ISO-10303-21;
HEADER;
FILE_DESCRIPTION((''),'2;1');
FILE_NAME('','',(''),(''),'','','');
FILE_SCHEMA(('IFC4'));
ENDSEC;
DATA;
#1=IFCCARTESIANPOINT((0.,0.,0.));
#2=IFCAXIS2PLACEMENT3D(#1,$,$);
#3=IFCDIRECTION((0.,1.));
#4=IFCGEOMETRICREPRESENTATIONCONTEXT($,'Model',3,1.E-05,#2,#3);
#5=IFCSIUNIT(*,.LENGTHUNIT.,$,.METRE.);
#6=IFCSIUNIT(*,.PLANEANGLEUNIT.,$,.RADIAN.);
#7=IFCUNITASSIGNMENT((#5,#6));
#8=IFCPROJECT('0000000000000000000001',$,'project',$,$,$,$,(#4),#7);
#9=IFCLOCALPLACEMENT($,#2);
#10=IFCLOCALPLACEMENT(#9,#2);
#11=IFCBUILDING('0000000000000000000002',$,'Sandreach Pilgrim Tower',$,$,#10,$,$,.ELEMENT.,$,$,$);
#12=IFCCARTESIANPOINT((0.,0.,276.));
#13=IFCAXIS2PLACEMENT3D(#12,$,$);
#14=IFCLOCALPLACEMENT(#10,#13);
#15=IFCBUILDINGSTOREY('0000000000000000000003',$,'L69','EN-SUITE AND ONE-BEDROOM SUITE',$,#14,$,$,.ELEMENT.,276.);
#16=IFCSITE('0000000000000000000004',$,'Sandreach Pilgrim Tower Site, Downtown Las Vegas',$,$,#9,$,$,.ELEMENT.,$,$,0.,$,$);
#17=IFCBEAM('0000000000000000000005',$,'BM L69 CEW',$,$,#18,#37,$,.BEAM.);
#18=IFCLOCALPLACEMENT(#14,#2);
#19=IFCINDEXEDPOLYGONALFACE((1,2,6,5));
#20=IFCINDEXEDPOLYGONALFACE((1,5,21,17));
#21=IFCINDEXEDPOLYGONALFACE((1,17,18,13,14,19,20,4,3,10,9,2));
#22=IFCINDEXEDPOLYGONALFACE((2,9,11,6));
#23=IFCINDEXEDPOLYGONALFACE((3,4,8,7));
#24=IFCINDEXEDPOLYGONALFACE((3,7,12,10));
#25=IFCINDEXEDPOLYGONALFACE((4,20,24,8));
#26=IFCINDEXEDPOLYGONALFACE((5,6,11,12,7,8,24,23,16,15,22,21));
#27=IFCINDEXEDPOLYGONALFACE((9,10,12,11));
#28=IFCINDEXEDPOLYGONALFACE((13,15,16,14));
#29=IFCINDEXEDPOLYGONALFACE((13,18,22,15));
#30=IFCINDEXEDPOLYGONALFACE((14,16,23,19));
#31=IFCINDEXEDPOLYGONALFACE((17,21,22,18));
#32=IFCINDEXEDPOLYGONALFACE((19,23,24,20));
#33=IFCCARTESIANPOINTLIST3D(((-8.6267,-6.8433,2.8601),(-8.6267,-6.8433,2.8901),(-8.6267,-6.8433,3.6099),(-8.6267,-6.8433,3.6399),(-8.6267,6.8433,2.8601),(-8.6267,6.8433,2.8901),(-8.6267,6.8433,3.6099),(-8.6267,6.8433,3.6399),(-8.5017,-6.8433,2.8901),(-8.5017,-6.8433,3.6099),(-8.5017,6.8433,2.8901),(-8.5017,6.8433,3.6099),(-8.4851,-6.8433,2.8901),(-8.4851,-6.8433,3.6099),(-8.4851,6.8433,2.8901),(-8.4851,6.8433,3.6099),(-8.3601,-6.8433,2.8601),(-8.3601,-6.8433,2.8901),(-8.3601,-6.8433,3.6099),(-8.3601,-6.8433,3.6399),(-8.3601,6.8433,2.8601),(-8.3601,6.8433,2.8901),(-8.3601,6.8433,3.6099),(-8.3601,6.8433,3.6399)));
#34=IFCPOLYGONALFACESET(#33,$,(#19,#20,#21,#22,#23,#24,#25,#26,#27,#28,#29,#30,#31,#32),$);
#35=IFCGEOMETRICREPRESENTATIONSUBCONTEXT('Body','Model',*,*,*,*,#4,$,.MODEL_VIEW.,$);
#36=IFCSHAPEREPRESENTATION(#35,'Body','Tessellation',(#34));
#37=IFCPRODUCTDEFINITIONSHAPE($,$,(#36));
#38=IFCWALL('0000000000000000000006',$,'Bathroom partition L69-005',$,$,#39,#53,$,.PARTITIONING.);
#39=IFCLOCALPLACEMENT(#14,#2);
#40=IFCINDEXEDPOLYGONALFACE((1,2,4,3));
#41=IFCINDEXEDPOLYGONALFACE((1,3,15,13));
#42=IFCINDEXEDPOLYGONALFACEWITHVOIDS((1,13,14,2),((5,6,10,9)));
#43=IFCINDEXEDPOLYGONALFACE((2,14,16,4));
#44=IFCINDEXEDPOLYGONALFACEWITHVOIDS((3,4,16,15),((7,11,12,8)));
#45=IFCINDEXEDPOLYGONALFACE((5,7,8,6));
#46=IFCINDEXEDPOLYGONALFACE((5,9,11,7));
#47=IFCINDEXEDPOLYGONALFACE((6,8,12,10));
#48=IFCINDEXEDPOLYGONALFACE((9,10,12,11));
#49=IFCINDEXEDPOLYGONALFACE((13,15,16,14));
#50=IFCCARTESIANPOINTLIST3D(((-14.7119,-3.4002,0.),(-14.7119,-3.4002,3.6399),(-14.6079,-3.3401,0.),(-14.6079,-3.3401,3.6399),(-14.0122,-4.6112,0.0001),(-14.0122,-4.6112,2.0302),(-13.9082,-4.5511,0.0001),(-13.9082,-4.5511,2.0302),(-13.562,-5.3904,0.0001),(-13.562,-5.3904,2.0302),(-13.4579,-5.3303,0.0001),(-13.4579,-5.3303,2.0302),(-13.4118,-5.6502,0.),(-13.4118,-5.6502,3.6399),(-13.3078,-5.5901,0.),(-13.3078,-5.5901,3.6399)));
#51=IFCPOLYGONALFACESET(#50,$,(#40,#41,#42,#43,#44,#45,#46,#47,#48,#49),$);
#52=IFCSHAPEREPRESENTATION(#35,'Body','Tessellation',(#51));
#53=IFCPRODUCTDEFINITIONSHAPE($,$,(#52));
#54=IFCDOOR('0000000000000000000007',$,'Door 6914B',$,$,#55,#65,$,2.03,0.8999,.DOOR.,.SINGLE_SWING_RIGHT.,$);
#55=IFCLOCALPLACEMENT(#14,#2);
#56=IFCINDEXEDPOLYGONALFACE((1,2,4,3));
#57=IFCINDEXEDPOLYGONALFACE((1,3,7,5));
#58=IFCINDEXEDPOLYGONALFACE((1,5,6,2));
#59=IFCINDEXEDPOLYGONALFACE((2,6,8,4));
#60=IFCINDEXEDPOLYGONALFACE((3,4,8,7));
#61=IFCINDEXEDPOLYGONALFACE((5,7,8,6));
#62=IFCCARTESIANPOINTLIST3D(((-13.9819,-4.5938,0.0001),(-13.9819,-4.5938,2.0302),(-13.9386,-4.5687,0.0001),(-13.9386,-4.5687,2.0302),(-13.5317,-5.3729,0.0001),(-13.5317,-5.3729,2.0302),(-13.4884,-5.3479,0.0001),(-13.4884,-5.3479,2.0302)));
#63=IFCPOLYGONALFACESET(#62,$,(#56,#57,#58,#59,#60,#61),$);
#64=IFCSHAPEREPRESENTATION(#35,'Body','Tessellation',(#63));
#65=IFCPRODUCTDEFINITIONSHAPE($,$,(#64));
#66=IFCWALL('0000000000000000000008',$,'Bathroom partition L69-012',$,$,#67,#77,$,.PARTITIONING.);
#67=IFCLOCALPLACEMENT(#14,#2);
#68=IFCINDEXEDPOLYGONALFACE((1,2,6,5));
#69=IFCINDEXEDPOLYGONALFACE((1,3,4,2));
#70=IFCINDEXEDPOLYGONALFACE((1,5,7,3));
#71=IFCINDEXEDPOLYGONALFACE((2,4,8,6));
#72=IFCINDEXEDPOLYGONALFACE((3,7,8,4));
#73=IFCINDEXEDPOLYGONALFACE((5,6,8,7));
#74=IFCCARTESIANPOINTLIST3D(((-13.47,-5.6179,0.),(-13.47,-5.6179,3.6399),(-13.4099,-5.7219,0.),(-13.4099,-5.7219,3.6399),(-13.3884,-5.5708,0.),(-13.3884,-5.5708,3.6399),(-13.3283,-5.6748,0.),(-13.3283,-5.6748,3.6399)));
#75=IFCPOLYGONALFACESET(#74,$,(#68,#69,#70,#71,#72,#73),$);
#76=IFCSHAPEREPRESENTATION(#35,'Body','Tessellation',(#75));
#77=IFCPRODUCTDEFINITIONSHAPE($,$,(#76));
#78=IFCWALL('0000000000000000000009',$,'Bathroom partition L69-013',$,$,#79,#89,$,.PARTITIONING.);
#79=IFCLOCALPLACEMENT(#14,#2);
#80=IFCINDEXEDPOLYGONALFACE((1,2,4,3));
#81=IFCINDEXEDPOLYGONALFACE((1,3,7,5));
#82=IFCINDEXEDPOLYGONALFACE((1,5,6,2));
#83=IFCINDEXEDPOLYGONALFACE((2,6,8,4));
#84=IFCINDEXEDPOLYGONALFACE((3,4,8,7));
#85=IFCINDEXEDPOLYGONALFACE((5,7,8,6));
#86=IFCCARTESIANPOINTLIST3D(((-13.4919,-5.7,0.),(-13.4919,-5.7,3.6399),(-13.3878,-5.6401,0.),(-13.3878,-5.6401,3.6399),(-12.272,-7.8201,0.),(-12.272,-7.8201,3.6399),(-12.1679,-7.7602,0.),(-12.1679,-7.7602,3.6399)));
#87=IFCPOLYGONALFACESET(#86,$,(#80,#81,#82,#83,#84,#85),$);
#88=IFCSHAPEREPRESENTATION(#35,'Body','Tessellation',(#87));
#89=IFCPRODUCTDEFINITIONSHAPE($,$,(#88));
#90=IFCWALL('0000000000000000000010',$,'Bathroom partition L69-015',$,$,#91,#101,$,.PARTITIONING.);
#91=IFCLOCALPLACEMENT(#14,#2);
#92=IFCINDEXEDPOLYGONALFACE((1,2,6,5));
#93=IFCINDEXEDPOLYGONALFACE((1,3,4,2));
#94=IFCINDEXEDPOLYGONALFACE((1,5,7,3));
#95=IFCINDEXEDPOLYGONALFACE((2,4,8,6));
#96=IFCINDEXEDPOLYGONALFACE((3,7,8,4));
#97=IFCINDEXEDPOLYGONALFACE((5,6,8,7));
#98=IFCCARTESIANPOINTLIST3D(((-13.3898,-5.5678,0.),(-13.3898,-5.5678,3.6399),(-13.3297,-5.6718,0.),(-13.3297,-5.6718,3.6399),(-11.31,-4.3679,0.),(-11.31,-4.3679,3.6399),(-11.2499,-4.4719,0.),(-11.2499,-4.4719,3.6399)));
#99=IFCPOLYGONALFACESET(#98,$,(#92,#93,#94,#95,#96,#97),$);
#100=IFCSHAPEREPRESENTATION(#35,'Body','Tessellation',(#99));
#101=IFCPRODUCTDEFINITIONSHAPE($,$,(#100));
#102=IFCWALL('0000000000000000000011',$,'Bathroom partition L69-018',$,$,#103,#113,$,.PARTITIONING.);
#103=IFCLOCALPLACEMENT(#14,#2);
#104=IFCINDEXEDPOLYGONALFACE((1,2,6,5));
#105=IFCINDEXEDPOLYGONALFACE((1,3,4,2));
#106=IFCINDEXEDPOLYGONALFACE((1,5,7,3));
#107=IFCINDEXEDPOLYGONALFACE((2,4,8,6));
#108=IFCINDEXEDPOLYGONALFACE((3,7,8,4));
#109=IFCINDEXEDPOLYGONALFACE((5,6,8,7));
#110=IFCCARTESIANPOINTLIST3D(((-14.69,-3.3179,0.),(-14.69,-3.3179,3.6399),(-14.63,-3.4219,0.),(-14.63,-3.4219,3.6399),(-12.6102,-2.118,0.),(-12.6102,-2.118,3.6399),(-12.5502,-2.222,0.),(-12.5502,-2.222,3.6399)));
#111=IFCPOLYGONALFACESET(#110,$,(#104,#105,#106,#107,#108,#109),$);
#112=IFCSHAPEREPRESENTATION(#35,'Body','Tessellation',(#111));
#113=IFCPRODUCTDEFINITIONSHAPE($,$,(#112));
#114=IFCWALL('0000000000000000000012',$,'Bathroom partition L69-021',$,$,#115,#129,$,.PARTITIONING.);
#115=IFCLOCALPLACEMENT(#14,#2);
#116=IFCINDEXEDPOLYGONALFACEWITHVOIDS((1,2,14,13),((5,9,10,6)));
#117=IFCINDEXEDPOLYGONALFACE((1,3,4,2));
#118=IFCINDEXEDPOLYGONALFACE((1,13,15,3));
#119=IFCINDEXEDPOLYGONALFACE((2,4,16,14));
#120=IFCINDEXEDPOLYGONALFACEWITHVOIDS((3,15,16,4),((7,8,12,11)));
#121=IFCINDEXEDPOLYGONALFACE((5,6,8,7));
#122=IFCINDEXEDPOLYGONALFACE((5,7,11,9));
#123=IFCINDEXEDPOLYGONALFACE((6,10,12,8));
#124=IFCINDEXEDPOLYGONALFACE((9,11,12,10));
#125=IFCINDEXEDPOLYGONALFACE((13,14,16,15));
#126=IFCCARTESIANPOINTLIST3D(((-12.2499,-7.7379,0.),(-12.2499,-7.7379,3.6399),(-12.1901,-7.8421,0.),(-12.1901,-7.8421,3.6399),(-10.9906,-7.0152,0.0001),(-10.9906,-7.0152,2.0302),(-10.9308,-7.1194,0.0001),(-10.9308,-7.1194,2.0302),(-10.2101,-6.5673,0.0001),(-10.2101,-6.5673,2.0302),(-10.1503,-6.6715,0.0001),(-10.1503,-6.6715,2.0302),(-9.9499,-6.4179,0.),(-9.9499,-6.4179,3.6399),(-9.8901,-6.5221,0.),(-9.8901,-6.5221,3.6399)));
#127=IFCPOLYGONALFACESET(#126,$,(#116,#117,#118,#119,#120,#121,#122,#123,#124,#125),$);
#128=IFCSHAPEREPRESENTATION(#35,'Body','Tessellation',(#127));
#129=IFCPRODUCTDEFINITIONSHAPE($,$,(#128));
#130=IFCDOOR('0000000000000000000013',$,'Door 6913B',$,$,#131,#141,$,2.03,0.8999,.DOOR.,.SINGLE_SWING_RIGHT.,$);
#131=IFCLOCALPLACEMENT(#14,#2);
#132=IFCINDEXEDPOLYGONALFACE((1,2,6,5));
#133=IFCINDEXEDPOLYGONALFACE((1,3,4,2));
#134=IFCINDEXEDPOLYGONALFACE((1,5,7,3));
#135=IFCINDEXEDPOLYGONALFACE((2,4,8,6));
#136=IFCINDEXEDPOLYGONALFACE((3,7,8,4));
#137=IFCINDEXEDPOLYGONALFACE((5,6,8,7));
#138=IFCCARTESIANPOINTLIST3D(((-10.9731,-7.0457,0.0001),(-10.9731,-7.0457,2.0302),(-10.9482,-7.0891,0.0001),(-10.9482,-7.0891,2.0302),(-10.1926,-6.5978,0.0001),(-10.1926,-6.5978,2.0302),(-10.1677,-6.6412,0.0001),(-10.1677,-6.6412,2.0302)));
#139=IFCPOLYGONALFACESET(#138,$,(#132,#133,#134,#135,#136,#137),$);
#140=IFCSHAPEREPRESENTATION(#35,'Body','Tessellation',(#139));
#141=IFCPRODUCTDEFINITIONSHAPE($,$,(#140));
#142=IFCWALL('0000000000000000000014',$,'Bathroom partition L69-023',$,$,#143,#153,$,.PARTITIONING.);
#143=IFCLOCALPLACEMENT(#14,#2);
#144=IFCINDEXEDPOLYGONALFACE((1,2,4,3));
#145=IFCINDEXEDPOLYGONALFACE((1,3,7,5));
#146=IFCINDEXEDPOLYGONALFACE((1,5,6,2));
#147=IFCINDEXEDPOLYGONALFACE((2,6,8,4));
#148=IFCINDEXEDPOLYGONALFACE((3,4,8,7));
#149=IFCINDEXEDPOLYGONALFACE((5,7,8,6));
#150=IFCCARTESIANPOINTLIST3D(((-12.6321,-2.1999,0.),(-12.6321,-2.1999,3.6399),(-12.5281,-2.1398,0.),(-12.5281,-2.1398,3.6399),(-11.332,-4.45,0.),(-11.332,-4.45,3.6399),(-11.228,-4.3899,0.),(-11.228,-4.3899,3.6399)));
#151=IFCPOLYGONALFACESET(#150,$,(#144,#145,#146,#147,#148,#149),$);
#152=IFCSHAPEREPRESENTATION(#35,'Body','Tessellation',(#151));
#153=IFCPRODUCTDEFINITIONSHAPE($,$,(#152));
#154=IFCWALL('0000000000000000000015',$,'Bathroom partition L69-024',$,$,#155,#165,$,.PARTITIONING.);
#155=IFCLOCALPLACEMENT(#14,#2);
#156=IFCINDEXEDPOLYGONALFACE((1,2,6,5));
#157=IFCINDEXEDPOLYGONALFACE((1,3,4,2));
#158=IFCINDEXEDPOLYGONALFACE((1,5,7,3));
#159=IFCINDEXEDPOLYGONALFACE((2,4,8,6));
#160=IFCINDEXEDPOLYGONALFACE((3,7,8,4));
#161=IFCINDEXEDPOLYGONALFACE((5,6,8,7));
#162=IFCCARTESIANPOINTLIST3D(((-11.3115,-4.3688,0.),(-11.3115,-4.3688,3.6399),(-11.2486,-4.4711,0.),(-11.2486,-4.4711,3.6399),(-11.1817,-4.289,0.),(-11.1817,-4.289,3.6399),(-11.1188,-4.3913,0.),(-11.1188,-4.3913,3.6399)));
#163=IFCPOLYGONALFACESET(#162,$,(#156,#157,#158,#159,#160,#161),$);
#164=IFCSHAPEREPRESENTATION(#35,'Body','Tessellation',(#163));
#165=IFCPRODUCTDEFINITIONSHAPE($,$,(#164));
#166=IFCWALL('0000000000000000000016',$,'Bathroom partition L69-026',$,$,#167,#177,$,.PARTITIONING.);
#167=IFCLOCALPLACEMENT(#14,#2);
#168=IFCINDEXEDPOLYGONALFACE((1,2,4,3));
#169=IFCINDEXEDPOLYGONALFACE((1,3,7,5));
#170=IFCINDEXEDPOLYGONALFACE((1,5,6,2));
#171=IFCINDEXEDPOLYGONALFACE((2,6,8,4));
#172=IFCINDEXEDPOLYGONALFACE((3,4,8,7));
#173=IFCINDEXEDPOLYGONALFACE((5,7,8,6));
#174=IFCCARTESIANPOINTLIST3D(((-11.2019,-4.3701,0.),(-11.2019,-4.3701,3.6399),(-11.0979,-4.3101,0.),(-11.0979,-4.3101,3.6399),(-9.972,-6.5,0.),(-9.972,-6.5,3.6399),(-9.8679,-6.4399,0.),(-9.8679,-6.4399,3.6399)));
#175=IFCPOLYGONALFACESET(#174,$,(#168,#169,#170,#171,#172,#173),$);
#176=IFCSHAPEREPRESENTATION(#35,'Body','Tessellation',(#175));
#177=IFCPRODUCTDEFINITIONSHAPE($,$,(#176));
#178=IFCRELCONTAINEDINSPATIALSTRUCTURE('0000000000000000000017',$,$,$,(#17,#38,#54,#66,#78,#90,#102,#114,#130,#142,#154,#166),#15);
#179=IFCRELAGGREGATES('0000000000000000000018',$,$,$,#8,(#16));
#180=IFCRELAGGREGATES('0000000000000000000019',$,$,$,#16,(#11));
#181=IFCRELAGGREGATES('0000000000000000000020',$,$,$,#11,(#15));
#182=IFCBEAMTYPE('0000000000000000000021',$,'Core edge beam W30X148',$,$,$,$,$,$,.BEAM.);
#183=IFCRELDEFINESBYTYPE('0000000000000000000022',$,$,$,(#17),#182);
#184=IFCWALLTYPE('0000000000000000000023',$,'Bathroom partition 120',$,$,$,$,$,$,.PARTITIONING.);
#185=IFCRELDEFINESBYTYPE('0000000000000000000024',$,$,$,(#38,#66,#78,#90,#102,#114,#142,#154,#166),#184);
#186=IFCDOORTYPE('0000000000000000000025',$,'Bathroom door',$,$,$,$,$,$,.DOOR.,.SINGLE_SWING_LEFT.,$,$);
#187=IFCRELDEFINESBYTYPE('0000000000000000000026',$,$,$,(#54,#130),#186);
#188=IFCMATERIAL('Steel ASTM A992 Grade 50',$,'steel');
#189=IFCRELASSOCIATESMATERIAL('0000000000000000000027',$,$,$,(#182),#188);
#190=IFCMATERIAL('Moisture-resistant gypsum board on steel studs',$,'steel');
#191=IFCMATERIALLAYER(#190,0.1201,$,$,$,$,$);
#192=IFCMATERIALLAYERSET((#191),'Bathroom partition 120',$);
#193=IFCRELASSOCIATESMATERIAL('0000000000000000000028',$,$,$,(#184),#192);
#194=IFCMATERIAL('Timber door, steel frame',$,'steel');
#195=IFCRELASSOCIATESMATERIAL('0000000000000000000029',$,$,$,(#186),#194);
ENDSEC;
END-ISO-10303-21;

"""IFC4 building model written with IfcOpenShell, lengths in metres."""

from ifc_helpers import new_model, si_unit, direction, frame, frame_2d, origin, origin_2d, place, context, subcontext, project, spatial, rectangle, i_section, extrude, material, layer, layer_set, material_profile, profile_set, type_object, element, fill, save


model = new_model("IFC4")

# Units and contexts
model_context = context("Model", 3, precision=1e-05, world=origin(), true_north=direction((0.0, 1.0)))
body_context = subcontext(model_context, "Body", "Model", "MODEL_VIEW")
ifc_project = project(units=[si_unit("LENGTHUNIT", "METRE"), si_unit("PLANEANGLEUNIT", "RADIAN")], contexts=[model_context])

# Site, building, storey
site_placement = place(None, origin())
site = spatial("IfcSite", under=ifc_project, at=site_placement, Name="Sandreach Pilgrim Tower Site, Downtown Las Vegas", CompositionType="ELEMENT", RefElevation=0.0)
building_placement = place(site_placement, origin())
building = spatial("IfcBuilding", under=site, at=building_placement, Name="Sandreach Pilgrim Tower", CompositionType="ELEMENT")
storey_placement = place(building_placement, frame((0.0, 0.0, 276.0)))
storey = spatial("IfcBuildingStorey", under=building, at=storey_placement, Name="L69", Description="EN-SUITE AND ONE-BEDROOM SUITE", CompositionType="ELEMENT", Elevation=276.0)

# Beam
ifc_material_1 = material(Name="Steel ASTM A992 Grade 50", Category="steel")
ifc_material_profile = material_profile(ifc_material_1, i_section(OverallWidth=0.2666, OverallDepth=0.7798, WebThickness=0.0166, FlangeThickness=0.03, at=origin_2d()), Name="W30X148")
ifc_profile_set = profile_set([ifc_material_profile], Name="Steel ASTM A992 Grade 50")
beam_type = type_object("IfcBeamType", Name="Core edge beam W30X148", PredefinedType="BEAM", material=ifc_profile_set)
beam_placement = place(storey_placement, frame((-8.4934, -6.8433, 3.25), z_axis=(0.0, 1.0, 0.0), x_axis=(-1.0, 0.0, 0.0)))
element("IfcBeam", 1, at=beam_placement, inside=storey, type_object=beam_type, Name="BM L69 CEW", PredefinedType="BEAM", context=body_context, shape_type="SweptSolid", body=[
    extrude(i_section(OverallWidth=0.2666, OverallDepth=0.7798, WebThickness=0.0166, FlangeThickness=0.03, at=origin_2d()), origin(), (0.0, 0.0, 1.0), 13.6865),
])

# Wall, opening, door
ifc_material_2 = material(Name="Moisture-resistant gypsum board on steel studs", Category="steel")
ifc_layer_1 = layer(ifc_material_2, 0.1201)
ifc_layer_set_1 = layer_set([ifc_layer_1], Name="Bathroom partition 120")
wall_type_1 = type_object("IfcWallType", Name="Bathroom partition 120", PredefinedType="PARTITIONING", material=ifc_layer_set_1)
wall_1_placement = place(storey_placement, frame((-14.6599, -3.3701, 0.0), z_axis=(0.0, 0.0, 1.0), x_axis=(0.500292, -0.865857, 0.0)))
wall_1 = element("IfcWall", 2, at=wall_1_placement, inside=storey, type_object=wall_type_1, Name="Bathroom partition L69-005", PredefinedType="PARTITIONING", context=body_context, shape_type="SweptSolid", body=[
    extrude(rectangle(XDim=2.5986, YDim=0.1201, at=frame_2d((1.2993, 0.0))), origin(), (0.0, 0.0, 1.0), 3.6399),
])
opening_1_placement = place(wall_1_placement, frame((1.3987, 0.0, 0.0)))
opening_1 = element("IfcOpeningElement", 3, at=opening_1_placement, cuts=wall_1, PredefinedType="OPENING", context=body_context, shape_type="SweptSolid", body=[
    extrude(rectangle(XDim=0.8999, YDim=2.03, at=frame_2d((0.45, 1.0151))), frame((0.0, 0.0601, 0.0), z_axis=(0.0, -1.0, 0.0), x_axis=(1.0, 0.0, 0.0)), (0.0, 0.0, 1.0), 0.1201),
])
ifc_material_3 = material(Name="Timber door, steel frame", Category="steel")
door_type_1 = type_object("IfcDoorType", Name="Bathroom door", OperationType="SINGLE_SWING_LEFT", PredefinedType="DOOR", material=ifc_material_3)
door_1_placement = place(opening_1_placement, origin())
door_1 = element("IfcDoor", 4, at=door_1_placement, inside=storey, type_object=door_type_1, Name="Door 6914B", OperationType="SINGLE_SWING_RIGHT", OverallHeight=2.03, OverallWidth=0.8999, PredefinedType="DOOR", context=body_context, shape_type="SweptSolid", body=[
    extrude(rectangle(XDim=0.8999, YDim=2.03, at=frame_2d((0.45, 1.0151))), frame((0.0, 0.0249, 0.0), z_axis=(0.0, -1.0, 0.0), x_axis=(1.0, 0.0, 0.0)), (0.0, 0.0, 1.0), 0.05),
])
fill(opening_1, door_1)

# Walls
wall_2_placement = place(storey_placement, frame((-13.4399, -5.6699, 0.0), z_axis=(0.0, 0.0, 1.0), x_axis=(0.86584, 0.500321, 0.0)))
element("IfcWall", 5, at=wall_2_placement, inside=storey, type_object=wall_type_1, Name="Bathroom partition L69-012", PredefinedType="PARTITIONING", context=body_context, shape_type="SweptSolid", body=[
    extrude(rectangle(XDim=0.0942, YDim=0.1201, at=frame_2d((0.0471, 0.0))), origin(), (0.0, 0.0, 1.0), 3.6399),
])
wall_3_placement = place(storey_placement, frame((-13.4399, -5.6699, 0.0), z_axis=(0.0, 0.0, 1.0), x_axis=(0.498749, -0.866747, 0.0)))
element("IfcWall", 6, at=wall_3_placement, inside=storey, type_object=wall_type_1, Name="Bathroom partition L69-013", PredefinedType="PARTITIONING", context=body_context, shape_type="SweptSolid", body=[
    extrude(rectangle(XDim=2.446, YDim=0.1201, at=frame_2d((1.2231, 0.0))), origin(), (0.0, 0.0, 1.0), 3.6399),
])
for number, where, z_axis, x_axis, name in (
    (7, (-13.3599, -5.6199, 0.0), (0.0, 0.0, 1.0), (0.866177, 0.499737, 0.0), "Bathroom partition L69-015"),
    (8, (-12.5801, -2.1699, 0.0), (0.0, 0.0, 1.0), (-0.866177, -0.499737, 0.0), "Bathroom partition L69-018"),
):
    element("IfcWall", number, at=place(storey_placement, frame(where, z_axis=z_axis, x_axis=x_axis)), inside=storey, type_object=wall_type_1, Name=name, PredefinedType="PARTITIONING", context=body_context, shape_type="SweptSolid", body=[
        extrude(rectangle(XDim=2.4011, YDim=0.1201, at=frame_2d((1.2007, 0.0))), origin(), (0.0, 0.0, 1.0), 3.6399),
    ])

# Wall, opening, door
wall_4_placement = place(storey_placement, frame((-12.22, -7.79, 0.0), z_axis=(0.0, 0.0, 1.0), x_axis=(0.867307, 0.497774, 0.0)))
wall_4 = element("IfcWall", 9, at=wall_4_placement, inside=storey, type_object=wall_type_1, Name="Bathroom partition L69-021", PredefinedType="PARTITIONING", context=body_context, shape_type="SweptSolid", body=[
    extrude(rectangle(XDim=2.6519, YDim=0.1201, at=frame_2d((1.3259, 0.0))), origin(), (0.0, 0.0, 1.0), 3.6399),
])
opening_2_placement = place(wall_4_placement, frame((1.4519, 0.0, 0.0)))
opening_2 = element("IfcOpeningElement", 10, at=opening_2_placement, cuts=wall_4, PredefinedType="OPENING", context=body_context, shape_type="SweptSolid", body=[
    extrude(rectangle(XDim=0.8999, YDim=2.03, at=frame_2d((0.45, 1.0151))), frame((0.0, 0.0601, 0.0), z_axis=(0.0, -1.0, 0.0), x_axis=(1.0, 0.0, 0.0)), (0.0, 0.0, 1.0), 0.1201),
])
door_2_placement = place(opening_2_placement, origin())
door_2 = element("IfcDoor", 11, at=door_2_placement, inside=storey, type_object=door_type_1, Name="Door 6913B", OperationType="SINGLE_SWING_RIGHT", OverallHeight=2.03, OverallWidth=0.8999, PredefinedType="DOOR", context=body_context, shape_type="SweptSolid", body=[
    extrude(rectangle(XDim=0.8999, YDim=2.03, at=frame_2d((0.45, 1.0151))), frame((0.0, 0.0249, 0.0), z_axis=(0.0, -1.0, 0.0), x_axis=(1.0, 0.0, 0.0)), (0.0, 0.0, 1.0), 0.05),
])
fill(opening_2, door_2)

# Walls
wall_5_placement = place(storey_placement, frame((-11.28, -4.4199, 0.0), z_axis=(0.0, 0.0, 1.0), x_axis=(-0.500292, 0.865857, 0.0)))
element("IfcWall", 12, at=wall_5_placement, inside=storey, type_object=wall_type_1, Name="Bathroom partition L69-023", PredefinedType="PARTITIONING", context=body_context, shape_type="SweptSolid", body=[
    extrude(rectangle(XDim=2.5986, YDim=0.1201, at=frame_2d((1.2993, 0.0))), origin(), (0.0, 0.0, 1.0), 3.6399),
])
wall_6_placement = place(storey_placement, frame((-11.28, -4.4199, 0.0), z_axis=(0.0, 0.0, 1.0), x_axis=(0.851933, 0.523651, 0.0)))
element("IfcWall", 13, at=wall_6_placement, inside=storey, type_object=wall_type_1, Name="Bathroom partition L69-024", PredefinedType="PARTITIONING", context=body_context, shape_type="SweptSolid", body=[
    extrude(rectangle(XDim=0.1523, YDim=0.1201, at=frame_2d((0.0762, 0.0))), origin(), (0.0, 0.0, 1.0), 3.6399),
])
wall_7_placement = place(storey_placement, frame((-11.1499, -4.3401, 0.0), z_axis=(0.0, 0.0, 1.0), x_axis=(0.500089, -0.865974, 0.0)))
element("IfcWall", 14, at=wall_7_placement, inside=storey, type_object=wall_type_1, Name="Bathroom partition L69-026", PredefinedType="PARTITIONING", context=body_context, shape_type="SweptSolid", body=[
    extrude(rectangle(XDim=2.4595, YDim=0.1201, at=frame_2d((1.2297, 0.0))), origin(), (0.0, 0.0, 1.0), 3.6399),
])

save(model, "model.ifc")
